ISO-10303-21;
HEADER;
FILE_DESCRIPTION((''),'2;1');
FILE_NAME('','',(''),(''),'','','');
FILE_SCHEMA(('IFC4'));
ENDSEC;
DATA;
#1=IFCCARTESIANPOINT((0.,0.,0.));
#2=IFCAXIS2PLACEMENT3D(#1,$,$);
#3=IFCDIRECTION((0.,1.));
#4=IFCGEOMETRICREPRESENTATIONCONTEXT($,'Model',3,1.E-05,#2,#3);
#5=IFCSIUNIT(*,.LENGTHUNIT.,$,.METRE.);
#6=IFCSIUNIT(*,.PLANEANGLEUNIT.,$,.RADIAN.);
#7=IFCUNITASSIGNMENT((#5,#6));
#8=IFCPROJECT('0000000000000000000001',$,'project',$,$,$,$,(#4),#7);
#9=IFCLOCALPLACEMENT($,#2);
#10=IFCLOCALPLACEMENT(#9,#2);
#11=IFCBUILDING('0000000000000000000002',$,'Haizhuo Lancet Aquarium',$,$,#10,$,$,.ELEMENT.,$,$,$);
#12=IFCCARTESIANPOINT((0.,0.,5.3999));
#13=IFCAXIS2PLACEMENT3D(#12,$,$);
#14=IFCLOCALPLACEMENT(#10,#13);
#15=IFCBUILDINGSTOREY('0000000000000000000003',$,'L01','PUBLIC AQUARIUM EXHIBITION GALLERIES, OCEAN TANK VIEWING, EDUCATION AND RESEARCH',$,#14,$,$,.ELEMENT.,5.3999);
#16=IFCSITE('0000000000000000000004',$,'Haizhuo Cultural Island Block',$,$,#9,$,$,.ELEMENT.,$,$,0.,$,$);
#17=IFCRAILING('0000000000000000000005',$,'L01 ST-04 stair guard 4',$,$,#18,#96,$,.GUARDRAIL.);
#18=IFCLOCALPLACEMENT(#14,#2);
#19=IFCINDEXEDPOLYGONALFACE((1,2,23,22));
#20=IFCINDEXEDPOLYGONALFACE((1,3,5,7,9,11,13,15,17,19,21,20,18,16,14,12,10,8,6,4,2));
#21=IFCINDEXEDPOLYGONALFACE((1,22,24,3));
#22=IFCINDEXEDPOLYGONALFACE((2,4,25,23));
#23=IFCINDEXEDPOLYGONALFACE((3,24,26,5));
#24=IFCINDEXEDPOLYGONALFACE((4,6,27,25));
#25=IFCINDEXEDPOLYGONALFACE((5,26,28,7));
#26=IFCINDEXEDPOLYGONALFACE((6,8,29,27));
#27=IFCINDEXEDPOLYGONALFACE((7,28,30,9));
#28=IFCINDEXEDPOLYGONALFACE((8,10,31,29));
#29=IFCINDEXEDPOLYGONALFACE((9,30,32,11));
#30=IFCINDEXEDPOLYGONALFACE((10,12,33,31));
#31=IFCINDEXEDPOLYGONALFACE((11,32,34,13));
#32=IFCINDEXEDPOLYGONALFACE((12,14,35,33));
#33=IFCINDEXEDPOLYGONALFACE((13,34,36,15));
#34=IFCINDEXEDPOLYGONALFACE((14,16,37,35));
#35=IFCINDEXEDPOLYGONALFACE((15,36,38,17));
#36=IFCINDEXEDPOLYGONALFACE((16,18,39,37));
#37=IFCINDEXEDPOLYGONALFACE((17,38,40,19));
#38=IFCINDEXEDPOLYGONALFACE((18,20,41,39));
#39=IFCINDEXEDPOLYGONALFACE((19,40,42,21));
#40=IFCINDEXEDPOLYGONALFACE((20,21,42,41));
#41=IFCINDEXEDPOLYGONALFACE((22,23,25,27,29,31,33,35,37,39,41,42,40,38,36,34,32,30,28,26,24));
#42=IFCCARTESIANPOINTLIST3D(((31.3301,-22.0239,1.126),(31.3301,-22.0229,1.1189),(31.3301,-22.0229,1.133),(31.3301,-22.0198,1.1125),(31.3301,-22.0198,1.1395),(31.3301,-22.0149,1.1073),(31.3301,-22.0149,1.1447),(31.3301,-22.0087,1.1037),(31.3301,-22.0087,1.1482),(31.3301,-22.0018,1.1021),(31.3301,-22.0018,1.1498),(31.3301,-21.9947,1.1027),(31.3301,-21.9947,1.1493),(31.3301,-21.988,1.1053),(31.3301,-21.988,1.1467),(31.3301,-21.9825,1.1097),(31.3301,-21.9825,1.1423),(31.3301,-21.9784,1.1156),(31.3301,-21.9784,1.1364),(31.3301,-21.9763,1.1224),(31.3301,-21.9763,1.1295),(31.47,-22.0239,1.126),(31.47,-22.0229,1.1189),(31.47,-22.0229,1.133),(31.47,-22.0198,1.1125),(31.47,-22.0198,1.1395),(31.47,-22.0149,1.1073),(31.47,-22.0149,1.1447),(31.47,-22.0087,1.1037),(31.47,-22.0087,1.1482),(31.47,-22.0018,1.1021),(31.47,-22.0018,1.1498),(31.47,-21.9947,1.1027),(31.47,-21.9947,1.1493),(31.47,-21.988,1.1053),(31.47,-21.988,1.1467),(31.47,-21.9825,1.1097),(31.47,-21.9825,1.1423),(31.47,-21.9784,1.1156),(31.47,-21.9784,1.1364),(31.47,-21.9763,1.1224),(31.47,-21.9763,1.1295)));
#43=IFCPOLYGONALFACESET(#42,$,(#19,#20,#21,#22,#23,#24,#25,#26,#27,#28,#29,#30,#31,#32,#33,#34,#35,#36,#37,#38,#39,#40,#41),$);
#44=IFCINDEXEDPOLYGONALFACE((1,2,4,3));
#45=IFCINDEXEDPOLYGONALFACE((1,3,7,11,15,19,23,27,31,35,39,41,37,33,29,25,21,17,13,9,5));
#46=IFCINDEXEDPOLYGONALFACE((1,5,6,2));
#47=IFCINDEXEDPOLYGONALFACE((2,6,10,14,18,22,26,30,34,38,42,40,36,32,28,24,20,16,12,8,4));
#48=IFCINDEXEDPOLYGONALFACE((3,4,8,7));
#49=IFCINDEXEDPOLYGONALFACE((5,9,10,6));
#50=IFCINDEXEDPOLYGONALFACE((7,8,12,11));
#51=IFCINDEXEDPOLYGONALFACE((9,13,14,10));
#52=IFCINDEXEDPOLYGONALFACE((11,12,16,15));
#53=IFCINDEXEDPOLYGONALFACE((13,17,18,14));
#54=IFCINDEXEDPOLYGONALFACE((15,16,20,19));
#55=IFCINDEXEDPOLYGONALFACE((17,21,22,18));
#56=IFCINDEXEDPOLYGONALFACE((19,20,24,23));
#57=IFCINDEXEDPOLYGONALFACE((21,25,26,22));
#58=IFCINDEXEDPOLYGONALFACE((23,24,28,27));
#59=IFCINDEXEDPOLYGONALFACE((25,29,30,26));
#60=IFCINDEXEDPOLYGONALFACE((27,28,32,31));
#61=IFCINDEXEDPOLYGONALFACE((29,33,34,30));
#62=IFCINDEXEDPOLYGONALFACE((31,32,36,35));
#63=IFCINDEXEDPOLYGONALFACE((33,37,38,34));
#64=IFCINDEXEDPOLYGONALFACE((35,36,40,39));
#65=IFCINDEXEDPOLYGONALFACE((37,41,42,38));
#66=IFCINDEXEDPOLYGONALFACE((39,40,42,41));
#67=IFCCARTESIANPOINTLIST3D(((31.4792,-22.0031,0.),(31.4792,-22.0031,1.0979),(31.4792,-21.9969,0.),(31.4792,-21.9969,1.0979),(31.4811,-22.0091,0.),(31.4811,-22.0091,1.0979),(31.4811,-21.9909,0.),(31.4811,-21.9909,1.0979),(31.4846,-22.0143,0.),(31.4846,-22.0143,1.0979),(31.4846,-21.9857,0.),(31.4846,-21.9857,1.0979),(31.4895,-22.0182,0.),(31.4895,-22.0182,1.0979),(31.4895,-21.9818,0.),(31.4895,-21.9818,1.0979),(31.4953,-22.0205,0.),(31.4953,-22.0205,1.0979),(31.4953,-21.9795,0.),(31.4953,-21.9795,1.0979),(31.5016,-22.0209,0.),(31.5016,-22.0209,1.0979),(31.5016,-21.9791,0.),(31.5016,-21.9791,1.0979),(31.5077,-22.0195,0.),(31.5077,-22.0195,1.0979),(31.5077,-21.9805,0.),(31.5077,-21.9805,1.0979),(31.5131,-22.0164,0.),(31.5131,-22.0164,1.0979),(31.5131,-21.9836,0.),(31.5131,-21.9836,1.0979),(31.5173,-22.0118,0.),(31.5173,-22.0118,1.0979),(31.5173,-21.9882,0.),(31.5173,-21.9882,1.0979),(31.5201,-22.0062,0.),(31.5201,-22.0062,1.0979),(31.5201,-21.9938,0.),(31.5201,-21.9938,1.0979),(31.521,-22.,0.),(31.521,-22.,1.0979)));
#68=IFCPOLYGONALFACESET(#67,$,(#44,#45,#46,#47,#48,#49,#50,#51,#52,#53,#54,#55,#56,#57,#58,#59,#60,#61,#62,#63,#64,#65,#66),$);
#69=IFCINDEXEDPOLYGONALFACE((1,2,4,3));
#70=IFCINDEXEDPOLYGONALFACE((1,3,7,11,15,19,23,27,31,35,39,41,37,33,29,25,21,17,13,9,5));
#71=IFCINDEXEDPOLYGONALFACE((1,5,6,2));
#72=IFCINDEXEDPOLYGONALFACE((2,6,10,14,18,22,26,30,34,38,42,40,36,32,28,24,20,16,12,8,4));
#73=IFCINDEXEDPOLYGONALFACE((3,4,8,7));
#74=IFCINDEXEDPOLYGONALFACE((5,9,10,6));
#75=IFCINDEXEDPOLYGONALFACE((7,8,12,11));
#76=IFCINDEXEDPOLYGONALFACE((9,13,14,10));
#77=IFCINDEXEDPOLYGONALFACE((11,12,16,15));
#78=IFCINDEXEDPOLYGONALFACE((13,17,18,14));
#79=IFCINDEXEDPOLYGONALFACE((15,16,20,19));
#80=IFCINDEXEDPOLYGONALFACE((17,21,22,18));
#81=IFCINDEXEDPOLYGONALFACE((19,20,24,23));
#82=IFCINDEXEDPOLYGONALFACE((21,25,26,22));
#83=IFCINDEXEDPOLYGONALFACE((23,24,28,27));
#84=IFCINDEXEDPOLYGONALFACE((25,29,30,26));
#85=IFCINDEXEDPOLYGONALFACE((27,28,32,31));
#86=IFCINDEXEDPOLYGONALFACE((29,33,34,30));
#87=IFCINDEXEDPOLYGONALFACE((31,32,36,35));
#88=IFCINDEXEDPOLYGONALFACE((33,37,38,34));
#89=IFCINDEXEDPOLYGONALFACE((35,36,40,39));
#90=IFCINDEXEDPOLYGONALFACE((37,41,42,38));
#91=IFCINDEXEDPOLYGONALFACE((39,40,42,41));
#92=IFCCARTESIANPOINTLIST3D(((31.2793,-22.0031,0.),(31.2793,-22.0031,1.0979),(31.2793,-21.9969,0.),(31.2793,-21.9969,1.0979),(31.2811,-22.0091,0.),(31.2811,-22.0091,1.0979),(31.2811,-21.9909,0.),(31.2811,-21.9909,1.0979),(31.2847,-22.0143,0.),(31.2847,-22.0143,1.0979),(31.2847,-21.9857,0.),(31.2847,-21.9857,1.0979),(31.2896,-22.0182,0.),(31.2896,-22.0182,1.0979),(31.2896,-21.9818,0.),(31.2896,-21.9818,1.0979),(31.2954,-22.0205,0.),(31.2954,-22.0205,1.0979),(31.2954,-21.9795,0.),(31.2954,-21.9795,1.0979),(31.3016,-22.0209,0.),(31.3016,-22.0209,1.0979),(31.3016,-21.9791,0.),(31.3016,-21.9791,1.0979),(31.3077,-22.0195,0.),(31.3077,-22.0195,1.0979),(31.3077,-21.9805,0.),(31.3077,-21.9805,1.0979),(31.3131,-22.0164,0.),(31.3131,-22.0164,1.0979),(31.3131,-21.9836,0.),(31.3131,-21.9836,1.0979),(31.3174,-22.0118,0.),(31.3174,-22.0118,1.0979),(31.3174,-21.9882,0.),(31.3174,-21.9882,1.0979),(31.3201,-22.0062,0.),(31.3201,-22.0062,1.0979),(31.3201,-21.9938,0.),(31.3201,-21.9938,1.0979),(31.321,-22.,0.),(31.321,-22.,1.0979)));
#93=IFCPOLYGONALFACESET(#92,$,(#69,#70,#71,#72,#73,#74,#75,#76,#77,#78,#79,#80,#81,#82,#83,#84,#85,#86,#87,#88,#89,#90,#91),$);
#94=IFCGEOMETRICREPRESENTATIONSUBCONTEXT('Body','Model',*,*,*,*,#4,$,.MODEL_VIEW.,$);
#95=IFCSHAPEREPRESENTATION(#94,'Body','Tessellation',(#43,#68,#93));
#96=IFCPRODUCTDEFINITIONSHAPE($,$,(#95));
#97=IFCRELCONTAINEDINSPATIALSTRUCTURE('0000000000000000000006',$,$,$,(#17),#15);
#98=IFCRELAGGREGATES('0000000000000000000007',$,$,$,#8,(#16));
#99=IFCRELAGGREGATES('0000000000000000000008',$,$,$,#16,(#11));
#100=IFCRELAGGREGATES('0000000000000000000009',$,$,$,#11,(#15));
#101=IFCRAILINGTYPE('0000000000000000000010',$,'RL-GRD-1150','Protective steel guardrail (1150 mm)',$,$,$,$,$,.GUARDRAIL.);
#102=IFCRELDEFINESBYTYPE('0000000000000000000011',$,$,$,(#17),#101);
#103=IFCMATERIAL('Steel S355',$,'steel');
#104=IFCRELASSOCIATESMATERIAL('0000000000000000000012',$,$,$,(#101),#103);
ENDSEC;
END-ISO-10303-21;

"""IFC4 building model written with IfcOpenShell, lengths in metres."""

from ifc_helpers import new_model, si_unit, direction, frame, origin, origin_2d, place, context, subcontext, project, spatial, circle, extrude, material, type_object, element, save


model = new_model("IFC4")

# Units and contexts
model_context = context("Model", 3, precision=1e-05, world=origin(), true_north=direction((0.0, 1.0)))
body_context = subcontext(model_context, "Body", "Model", "MODEL_VIEW")
ifc_project = project(units=[si_unit("LENGTHUNIT", "METRE"), si_unit("PLANEANGLEUNIT", "RADIAN")], contexts=[model_context])

# Site, building, storey
site_placement = place(None, origin())
site = spatial("IfcSite", under=ifc_project, at=site_placement, Name="Haizhuo Cultural Island Block", CompositionType="ELEMENT", RefElevation=0.0)
building_placement = place(site_placement, origin())
building = spatial("IfcBuilding", under=site, at=building_placement, Name="Haizhuo Lancet Aquarium", CompositionType="ELEMENT")
storey_placement = place(building_placement, frame((0.0, 0.0, 5.3999)))
storey = spatial("IfcBuildingStorey", under=building, at=storey_placement, Name="L01", Description="PUBLIC AQUARIUM EXHIBITION GALLERIES, OCEAN TANK VIEWING, EDUCATION AND RESEARCH", CompositionType="ELEMENT", Elevation=5.3999)

# Shared definitions
ifc_material_1 = material(Name="Steel S355", Category="steel")

# Railing
railing_type_1 = type_object("IfcRailingType", Name="RL-GRD-1150", Description="Protective steel guardrail (1150 mm)", PredefinedType="GUARDRAIL", material=ifc_material_1)
railing_1_placement = place(storey_placement, frame((31.5, -22.0, 0.0)))
element("IfcRailing", 1, at=railing_1_placement, inside=storey, type_object=railing_type_1, Name="L01 ST-04 stair guard 4", PredefinedType="GUARDRAIL", context=body_context, shape_type="SweptSolid", body=[
    extrude(circle(Radius=0.0239, at=origin_2d()), frame((-0.03, 0.0, 1.126), z_axis=(-1.0, 0.0, 0.0), x_axis=(0.0, -1.0, 0.0)), (0.0, 0.0, 1.0), 0.1399),
    extrude(circle(Radius=0.021, at=origin_2d()), origin(), (0.0, 0.0, 1.0), 1.0979),
    extrude(circle(Radius=0.021, at=origin_2d()), frame((-0.2, 0.0, 0.0)), (0.0, 0.0, 1.0), 1.0979),
])

save(model, "model.ifc")
